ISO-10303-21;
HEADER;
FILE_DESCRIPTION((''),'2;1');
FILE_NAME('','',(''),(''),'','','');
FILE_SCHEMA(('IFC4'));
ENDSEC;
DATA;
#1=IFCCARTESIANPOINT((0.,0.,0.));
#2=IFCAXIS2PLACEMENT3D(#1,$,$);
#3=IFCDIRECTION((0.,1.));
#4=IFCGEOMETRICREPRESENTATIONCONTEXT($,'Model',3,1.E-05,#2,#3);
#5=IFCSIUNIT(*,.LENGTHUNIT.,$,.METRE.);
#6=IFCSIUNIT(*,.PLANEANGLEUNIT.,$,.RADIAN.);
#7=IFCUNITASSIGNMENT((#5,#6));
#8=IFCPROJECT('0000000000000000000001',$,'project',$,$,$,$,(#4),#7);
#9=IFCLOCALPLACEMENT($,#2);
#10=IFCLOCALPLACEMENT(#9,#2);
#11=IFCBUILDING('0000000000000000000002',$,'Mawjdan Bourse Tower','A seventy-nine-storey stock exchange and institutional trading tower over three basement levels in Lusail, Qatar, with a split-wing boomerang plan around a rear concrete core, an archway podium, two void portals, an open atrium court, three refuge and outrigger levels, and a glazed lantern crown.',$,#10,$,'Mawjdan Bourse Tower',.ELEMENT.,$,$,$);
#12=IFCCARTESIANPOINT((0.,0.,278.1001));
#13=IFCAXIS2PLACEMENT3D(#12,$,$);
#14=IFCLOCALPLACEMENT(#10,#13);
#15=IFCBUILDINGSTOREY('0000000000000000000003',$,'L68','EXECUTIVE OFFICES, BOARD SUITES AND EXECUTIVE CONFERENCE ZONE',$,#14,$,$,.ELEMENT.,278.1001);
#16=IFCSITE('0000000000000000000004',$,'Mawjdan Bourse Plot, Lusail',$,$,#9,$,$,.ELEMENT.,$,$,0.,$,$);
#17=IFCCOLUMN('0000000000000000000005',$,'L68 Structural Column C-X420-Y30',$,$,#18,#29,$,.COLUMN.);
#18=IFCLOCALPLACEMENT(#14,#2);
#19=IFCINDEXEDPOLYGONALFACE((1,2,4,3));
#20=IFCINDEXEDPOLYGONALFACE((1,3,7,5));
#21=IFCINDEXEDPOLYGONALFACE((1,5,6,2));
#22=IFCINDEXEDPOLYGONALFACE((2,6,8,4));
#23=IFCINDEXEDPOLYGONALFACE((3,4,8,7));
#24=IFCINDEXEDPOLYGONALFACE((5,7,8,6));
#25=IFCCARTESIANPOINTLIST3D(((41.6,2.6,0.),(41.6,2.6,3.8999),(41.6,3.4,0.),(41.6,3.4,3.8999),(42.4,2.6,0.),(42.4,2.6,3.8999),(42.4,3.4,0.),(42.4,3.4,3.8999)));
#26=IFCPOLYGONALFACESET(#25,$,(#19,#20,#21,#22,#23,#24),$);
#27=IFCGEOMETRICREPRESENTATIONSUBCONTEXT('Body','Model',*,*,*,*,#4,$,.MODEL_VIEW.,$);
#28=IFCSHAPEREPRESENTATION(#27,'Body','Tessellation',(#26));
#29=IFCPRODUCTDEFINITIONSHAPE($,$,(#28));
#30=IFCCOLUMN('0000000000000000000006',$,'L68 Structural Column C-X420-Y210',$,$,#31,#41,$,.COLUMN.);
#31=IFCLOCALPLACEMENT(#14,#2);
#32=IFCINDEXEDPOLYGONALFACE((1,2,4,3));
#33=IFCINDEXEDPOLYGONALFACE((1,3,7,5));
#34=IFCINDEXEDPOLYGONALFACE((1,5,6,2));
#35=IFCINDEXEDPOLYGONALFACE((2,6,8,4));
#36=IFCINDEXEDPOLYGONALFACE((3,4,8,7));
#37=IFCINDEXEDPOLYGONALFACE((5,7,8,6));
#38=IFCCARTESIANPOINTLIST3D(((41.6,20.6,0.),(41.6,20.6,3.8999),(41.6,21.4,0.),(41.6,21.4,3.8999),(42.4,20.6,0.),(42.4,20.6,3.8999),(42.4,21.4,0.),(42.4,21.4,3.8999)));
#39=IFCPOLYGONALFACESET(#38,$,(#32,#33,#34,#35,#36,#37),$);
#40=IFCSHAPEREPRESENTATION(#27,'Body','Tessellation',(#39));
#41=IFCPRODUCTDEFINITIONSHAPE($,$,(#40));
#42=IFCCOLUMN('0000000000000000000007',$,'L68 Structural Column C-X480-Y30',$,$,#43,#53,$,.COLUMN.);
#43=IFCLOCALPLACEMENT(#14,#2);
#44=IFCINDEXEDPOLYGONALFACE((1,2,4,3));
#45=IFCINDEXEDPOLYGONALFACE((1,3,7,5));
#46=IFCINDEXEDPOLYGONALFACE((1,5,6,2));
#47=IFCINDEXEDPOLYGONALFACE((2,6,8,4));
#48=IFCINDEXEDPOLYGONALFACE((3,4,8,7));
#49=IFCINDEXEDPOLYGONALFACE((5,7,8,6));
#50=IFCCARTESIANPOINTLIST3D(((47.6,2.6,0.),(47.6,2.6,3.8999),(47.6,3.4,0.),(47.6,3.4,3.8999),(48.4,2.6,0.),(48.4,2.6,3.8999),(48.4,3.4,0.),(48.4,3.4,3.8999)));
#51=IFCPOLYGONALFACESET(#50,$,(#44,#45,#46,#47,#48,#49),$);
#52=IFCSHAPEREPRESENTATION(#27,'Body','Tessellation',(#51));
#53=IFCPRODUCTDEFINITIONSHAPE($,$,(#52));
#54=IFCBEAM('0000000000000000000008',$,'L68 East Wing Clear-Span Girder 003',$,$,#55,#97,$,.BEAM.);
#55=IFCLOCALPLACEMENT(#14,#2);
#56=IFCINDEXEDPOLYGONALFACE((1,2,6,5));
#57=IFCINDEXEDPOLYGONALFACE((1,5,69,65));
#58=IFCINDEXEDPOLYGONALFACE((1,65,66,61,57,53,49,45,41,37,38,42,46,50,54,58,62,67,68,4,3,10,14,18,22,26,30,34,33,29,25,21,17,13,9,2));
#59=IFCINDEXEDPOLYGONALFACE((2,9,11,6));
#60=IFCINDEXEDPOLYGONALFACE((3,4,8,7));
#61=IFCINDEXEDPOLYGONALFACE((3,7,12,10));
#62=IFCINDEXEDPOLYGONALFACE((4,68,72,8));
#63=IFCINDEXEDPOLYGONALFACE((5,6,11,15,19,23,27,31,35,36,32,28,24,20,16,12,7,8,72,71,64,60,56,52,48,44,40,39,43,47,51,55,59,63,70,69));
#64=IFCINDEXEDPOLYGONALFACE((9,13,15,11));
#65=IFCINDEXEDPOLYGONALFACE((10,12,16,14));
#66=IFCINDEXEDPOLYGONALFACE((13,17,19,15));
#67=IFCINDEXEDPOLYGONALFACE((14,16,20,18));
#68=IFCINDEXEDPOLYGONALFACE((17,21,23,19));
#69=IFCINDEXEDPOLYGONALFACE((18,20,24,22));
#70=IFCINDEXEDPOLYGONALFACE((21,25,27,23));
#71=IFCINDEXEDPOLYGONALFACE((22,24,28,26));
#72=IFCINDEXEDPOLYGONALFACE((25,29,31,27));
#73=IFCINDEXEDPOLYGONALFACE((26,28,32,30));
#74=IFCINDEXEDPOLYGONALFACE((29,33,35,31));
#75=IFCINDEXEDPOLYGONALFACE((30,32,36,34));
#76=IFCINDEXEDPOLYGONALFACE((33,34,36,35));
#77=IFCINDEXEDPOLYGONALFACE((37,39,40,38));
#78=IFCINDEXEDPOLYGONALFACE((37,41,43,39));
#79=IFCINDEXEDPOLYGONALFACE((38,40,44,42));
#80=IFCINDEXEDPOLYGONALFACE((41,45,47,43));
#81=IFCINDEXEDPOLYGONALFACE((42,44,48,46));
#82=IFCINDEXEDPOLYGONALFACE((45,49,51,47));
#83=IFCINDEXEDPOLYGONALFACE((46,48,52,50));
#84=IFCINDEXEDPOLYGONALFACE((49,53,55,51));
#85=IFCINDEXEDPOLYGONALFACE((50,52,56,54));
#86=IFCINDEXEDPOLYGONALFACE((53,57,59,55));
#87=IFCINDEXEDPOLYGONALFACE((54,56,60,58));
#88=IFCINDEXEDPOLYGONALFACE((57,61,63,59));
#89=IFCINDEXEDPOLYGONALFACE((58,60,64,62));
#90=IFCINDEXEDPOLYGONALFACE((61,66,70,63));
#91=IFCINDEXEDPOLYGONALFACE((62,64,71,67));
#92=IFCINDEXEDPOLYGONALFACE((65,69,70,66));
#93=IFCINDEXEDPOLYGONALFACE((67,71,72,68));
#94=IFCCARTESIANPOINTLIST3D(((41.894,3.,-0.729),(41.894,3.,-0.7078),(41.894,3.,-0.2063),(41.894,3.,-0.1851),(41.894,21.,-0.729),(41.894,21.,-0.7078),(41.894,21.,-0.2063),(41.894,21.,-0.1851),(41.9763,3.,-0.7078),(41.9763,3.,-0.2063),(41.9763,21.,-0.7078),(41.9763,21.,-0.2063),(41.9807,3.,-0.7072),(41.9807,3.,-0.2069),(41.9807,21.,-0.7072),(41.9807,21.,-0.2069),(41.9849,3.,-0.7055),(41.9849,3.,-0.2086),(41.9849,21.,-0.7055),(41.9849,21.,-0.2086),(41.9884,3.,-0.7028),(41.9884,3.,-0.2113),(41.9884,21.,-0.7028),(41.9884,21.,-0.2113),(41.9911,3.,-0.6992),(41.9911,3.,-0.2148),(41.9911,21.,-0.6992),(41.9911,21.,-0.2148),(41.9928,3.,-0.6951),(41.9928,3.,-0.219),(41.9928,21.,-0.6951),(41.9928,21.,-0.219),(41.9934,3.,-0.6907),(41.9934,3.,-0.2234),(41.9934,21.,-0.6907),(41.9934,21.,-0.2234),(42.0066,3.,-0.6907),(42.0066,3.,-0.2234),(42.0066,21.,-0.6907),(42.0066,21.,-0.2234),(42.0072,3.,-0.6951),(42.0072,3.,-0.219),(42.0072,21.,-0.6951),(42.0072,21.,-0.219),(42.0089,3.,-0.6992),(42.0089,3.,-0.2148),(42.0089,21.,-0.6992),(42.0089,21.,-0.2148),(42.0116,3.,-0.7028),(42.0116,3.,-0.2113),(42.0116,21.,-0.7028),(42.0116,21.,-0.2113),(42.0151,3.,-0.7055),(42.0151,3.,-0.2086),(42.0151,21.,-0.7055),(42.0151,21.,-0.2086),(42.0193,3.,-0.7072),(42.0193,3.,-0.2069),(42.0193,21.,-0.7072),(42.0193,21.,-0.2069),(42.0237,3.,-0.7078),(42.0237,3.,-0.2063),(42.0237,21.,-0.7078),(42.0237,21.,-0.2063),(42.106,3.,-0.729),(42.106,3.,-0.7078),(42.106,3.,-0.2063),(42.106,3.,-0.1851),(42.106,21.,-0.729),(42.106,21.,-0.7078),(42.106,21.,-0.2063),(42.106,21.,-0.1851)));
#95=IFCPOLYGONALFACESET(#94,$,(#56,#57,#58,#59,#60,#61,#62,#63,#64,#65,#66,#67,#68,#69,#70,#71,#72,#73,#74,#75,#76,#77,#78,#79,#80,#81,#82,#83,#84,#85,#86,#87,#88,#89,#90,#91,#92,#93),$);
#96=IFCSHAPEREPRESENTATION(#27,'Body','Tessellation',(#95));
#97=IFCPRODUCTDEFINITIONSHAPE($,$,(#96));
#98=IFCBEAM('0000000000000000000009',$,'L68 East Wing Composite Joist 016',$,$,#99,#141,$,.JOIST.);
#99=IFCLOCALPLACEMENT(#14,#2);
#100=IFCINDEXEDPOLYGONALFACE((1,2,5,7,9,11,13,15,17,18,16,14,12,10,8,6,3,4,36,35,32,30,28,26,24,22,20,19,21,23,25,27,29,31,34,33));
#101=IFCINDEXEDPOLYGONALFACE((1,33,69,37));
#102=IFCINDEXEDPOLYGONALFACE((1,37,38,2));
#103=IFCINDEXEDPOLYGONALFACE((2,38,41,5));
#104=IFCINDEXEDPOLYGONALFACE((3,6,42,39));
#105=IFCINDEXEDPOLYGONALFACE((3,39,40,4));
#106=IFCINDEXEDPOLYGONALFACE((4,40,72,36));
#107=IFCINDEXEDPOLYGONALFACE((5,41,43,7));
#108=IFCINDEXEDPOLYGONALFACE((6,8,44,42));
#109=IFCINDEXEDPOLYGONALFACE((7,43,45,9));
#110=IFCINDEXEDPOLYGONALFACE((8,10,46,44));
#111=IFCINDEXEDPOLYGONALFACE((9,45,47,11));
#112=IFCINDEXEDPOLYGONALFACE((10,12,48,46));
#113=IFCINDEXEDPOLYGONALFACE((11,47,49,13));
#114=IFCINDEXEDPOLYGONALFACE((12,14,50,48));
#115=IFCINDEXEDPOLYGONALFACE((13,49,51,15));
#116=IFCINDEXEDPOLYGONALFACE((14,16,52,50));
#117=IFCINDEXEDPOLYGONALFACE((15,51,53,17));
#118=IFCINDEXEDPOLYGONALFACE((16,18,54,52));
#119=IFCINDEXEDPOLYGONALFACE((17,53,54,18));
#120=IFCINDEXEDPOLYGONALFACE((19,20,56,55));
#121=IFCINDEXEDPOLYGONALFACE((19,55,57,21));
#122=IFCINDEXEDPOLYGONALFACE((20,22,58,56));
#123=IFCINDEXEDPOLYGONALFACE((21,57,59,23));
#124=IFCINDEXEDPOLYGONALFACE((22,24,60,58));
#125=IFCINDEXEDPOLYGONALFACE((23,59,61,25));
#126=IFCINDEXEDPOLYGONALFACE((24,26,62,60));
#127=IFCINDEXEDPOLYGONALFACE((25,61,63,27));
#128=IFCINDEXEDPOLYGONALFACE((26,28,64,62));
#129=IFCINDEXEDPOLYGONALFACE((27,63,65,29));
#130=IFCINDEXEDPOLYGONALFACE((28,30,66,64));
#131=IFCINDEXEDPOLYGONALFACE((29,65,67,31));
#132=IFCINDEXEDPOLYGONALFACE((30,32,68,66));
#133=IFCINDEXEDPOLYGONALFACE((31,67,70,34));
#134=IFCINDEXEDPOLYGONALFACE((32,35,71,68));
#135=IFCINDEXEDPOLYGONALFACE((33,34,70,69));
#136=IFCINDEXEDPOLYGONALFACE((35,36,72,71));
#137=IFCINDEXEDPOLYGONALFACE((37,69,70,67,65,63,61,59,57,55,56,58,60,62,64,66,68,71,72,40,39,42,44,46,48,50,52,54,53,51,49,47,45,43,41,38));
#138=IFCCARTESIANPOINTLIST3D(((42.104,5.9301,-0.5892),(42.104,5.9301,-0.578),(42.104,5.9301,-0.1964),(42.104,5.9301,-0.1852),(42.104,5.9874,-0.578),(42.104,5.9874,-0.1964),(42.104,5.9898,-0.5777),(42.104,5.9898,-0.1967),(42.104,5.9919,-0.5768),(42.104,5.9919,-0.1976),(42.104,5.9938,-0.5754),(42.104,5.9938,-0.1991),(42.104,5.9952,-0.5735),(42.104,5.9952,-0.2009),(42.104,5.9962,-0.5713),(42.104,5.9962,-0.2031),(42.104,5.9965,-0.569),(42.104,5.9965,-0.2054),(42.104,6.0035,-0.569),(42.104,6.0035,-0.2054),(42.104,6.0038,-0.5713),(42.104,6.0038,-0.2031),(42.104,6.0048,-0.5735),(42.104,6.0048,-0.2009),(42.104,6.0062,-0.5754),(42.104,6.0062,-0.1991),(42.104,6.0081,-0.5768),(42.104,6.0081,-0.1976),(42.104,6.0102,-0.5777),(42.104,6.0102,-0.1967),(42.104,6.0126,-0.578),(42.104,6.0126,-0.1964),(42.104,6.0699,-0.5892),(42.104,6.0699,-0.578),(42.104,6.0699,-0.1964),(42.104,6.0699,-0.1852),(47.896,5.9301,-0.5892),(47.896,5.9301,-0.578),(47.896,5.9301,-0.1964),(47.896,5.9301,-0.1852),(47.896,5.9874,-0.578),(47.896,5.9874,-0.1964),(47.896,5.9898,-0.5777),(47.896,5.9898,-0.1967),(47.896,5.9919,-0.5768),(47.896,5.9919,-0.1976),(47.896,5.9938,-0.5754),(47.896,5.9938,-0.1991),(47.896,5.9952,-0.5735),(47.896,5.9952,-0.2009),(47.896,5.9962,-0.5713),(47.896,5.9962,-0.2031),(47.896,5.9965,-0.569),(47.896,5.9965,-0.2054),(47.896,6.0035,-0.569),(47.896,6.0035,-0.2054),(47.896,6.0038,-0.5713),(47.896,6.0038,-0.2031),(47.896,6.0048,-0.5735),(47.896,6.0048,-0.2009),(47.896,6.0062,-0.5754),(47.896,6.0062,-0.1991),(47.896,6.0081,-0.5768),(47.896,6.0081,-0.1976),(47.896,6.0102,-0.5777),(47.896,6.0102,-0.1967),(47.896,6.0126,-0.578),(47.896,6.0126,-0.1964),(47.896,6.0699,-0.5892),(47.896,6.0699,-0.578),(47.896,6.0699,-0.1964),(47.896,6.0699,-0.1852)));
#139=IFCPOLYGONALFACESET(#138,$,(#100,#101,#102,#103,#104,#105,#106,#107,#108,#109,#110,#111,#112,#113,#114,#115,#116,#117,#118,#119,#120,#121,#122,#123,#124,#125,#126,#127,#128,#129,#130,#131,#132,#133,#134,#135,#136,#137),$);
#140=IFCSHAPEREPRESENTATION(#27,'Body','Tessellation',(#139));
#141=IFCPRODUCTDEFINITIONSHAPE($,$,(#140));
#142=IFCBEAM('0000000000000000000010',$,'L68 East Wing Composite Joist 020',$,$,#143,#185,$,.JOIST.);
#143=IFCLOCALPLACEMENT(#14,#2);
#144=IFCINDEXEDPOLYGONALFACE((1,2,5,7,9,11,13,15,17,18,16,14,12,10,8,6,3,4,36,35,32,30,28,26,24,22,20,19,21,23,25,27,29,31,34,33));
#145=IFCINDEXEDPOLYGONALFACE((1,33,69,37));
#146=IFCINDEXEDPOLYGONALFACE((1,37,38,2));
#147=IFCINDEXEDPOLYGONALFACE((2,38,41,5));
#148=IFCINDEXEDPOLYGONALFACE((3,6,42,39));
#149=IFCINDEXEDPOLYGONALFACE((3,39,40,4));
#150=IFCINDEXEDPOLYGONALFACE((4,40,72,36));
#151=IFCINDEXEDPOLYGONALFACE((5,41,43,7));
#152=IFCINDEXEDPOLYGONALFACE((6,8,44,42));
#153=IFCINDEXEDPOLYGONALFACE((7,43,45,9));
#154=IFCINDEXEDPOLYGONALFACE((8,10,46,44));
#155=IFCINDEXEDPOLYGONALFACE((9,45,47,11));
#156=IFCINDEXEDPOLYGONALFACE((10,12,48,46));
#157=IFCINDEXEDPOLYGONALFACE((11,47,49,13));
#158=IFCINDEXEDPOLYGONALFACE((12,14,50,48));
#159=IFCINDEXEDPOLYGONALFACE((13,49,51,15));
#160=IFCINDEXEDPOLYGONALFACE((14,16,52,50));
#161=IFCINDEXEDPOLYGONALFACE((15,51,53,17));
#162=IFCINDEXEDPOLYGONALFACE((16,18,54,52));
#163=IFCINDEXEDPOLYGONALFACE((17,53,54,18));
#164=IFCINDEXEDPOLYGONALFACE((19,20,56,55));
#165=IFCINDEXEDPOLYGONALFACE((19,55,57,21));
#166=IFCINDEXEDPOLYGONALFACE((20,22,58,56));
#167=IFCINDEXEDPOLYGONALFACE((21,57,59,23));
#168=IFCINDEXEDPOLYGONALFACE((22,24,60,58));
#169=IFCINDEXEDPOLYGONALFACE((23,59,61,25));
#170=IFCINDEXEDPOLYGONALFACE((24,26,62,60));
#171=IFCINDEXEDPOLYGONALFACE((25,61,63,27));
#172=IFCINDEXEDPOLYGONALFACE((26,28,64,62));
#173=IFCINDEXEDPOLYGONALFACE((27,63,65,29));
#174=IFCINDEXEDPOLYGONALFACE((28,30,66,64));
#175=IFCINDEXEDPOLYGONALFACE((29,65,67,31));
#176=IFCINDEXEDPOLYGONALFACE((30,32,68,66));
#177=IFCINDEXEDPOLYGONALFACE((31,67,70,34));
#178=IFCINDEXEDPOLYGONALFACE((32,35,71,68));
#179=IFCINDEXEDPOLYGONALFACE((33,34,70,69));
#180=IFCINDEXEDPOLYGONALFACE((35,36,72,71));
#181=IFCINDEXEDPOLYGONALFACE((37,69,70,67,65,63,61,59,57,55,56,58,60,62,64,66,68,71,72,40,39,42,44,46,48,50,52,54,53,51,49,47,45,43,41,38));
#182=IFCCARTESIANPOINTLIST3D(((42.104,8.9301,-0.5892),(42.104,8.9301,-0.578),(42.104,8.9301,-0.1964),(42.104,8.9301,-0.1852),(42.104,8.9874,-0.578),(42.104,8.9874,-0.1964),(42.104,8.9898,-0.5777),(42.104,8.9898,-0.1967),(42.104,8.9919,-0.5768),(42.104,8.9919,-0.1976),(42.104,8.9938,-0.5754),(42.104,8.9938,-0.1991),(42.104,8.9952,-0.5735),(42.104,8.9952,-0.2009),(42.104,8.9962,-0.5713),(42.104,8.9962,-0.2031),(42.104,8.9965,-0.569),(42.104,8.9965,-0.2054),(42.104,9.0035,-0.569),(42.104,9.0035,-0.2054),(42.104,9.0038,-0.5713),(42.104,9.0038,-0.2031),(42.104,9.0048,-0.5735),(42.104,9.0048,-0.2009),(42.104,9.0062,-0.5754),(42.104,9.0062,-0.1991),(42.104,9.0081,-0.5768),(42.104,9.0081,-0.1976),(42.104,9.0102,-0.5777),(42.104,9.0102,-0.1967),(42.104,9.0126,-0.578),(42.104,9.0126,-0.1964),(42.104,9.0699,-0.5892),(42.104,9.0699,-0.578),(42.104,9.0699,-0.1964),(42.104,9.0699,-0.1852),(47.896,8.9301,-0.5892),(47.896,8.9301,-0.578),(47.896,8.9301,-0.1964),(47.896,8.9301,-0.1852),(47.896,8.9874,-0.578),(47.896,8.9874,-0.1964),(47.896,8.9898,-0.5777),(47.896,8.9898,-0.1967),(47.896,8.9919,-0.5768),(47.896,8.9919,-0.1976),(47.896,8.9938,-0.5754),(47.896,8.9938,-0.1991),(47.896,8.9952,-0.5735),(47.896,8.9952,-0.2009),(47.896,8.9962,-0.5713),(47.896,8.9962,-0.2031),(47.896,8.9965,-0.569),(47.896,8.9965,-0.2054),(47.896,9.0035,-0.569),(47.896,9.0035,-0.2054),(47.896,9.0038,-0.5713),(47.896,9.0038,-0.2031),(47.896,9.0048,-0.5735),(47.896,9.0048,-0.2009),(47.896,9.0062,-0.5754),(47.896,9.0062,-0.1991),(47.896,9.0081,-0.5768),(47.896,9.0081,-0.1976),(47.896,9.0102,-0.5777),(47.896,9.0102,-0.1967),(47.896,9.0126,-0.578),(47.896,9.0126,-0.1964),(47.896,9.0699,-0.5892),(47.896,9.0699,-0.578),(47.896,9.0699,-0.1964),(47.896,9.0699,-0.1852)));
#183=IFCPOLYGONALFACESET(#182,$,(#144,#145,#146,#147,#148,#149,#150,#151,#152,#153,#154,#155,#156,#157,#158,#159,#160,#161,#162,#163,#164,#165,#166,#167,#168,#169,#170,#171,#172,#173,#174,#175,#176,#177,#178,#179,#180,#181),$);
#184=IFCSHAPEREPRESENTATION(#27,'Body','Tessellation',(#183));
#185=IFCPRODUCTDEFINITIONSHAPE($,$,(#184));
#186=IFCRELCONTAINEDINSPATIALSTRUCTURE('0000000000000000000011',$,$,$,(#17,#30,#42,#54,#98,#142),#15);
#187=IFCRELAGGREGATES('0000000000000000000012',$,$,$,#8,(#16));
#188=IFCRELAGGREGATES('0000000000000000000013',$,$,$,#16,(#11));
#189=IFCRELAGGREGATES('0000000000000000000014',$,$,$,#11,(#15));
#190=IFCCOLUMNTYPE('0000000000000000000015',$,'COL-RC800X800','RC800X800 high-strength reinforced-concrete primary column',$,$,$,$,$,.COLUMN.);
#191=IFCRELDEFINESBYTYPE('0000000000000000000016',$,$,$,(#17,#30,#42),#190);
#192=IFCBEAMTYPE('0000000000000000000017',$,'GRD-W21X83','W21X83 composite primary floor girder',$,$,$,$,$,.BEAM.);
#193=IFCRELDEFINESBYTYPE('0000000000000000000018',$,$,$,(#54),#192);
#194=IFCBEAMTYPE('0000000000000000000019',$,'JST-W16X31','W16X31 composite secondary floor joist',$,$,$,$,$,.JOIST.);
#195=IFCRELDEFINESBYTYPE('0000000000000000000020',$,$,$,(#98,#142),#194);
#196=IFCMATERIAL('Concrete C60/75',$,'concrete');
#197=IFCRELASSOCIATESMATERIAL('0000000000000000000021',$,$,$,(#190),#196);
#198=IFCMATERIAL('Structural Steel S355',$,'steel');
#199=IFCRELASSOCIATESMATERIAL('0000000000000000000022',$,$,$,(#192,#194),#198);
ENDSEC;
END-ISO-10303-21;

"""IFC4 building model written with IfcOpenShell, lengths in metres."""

from ifc_helpers import new_model, si_unit, direction, frame, origin, origin_2d, place, context, subcontext, project, spatial, rectangle, i_section, extrude, material, material_profile, profile_set, type_object, element, save


model = new_model("IFC4")

# Units and contexts
model_context = context("Model", 3, precision=1e-05, world=origin(), true_north=direction((0.0, 1.0)))
body_context = subcontext(model_context, "Body", "Model", "MODEL_VIEW")
ifc_project = project(units=[si_unit("LENGTHUNIT", "METRE"), si_unit("PLANEANGLEUNIT", "RADIAN")], contexts=[model_context])

# Site, building, storey
site_placement = place(None, origin())
site = spatial("IfcSite", under=ifc_project, at=site_placement, Name="Mawjdan Bourse Plot, Lusail", CompositionType="ELEMENT", RefElevation=0.0)
building_placement = place(site_placement, origin())
building = spatial("IfcBuilding", under=site, at=building_placement, Name="Mawjdan Bourse Tower", Description="A seventy-nine-storey stock exchange and institutional trading tower over three basement levels in Lusail, Qatar, with a split-wing boomerang plan around a rear concrete core, an archway podium, two void portals, an open atrium court, three refuge and outrigger levels, and a glazed lantern crown.", LongName="Mawjdan Bourse Tower", CompositionType="ELEMENT")
storey_placement = place(building_placement, frame((0.0, 0.0, 278.1001)))
storey = spatial("IfcBuildingStorey", under=building, at=storey_placement, Name="L68", Description="EXECUTIVE OFFICES, BOARD SUITES AND EXECUTIVE CONFERENCE ZONE", CompositionType="ELEMENT", Elevation=278.1001)

# Columns
ifc_material_1 = material(Name="Concrete C60/75", Category="concrete")
ifc_material_profile_1 = material_profile(ifc_material_1, rectangle(XDim=0.8, YDim=0.8, at=origin_2d()), Name="RC800X800")
ifc_profile_set_1 = profile_set([ifc_material_profile_1], Name="Concrete C60/75")
column_type = type_object("IfcColumnType", Name="COL-RC800X800", Description="RC800X800 high-strength reinforced-concrete primary column", PredefinedType="COLUMN", material=ifc_profile_set_1)
for number, where, z_axis, x_axis, name in (
    (1, (42.0, 3.0, 0.0), (0.0, 0.0, 1.0), (1.0, 0.0, 0.0), "L68 Structural Column C-X420-Y30"),
    (2, (42.0, 21.0, 0.0), (0.0, 0.0, 1.0), (1.0, 0.0, 0.0), "L68 Structural Column C-X420-Y210"),
    (3, (48.0, 3.0, 0.0), (0.0, 0.0, 1.0), (1.0, 0.0, 0.0), "L68 Structural Column C-X480-Y30"),
):
    element("IfcColumn", number, at=place(storey_placement, frame(where, z_axis=z_axis, x_axis=x_axis)), inside=storey, type_object=column_type, Name=name, PredefinedType="COLUMN", context=body_context, shape_type="SweptSolid", body=[
        extrude(rectangle(XDim=0.8, YDim=0.8, at=origin_2d()), origin(), (0.0, 0.0, 1.0), 3.8999),
    ])

# Beams
ifc_material_2 = material(Name="Structural Steel S355", Category="steel")
ifc_material_profile_2 = material_profile(ifc_material_2, i_section(OverallWidth=0.2119, OverallDepth=0.5439, WebThickness=0.0132, FlangeThickness=0.0212, FilletRadius=0.0171, at=origin_2d()), Name="W21X83")
ifc_profile_set_2 = profile_set([ifc_material_profile_2], Name="Structural Steel S355")
beam_type_1 = type_object("IfcBeamType", Name="GRD-W21X83", Description="W21X83 composite primary floor girder", PredefinedType="BEAM", material=ifc_profile_set_2)
beam_1_placement = place(storey_placement, frame((42.0, 3.0, -0.457), z_axis=(0.0, 1.0, 0.0), x_axis=(-1.0, 0.0, 0.0)))
element("IfcBeam", 4, at=beam_1_placement, inside=storey, type_object=beam_type_1, Name="L68 East Wing Clear-Span Girder 003", PredefinedType="BEAM", context=body_context, shape_type="SweptSolid", body=[
    extrude(i_section(OverallWidth=0.2119, OverallDepth=0.5439, WebThickness=0.0132, FlangeThickness=0.0212, FilletRadius=0.0171, at=origin_2d()), origin(), (0.0, 0.0, 1.0), 18.0),
])
ifc_material_profile_3 = material_profile(ifc_material_2, i_section(OverallWidth=0.1399, OverallDepth=0.4041, WebThickness=0.0071, FlangeThickness=0.0112, FilletRadius=0.009, at=origin_2d()), Name="W16X31")
ifc_profile_set_3 = profile_set([ifc_material_profile_3], Name="Structural Steel S355")
beam_type_2 = type_object("IfcBeamType", Name="JST-W16X31", Description="W16X31 composite secondary floor joist", PredefinedType="JOIST", material=ifc_profile_set_3)
for number, where, z_axis, x_axis, name in (
    (5, (42.104, 6.0, -0.3872), (1.0, 0.0, 0.0), (0.0, 1.0, 0.0), "L68 East Wing Composite Joist 016"),
    (6, (42.104, 9.0, -0.3872), (1.0, 0.0, 0.0), (0.0, 1.0, 0.0), "L68 East Wing Composite Joist 020"),
):
    element("IfcBeam", number, at=place(storey_placement, frame(where, z_axis=z_axis, x_axis=x_axis)), inside=storey, type_object=beam_type_2, Name=name, PredefinedType="JOIST", context=body_context, shape_type="SweptSolid", body=[
        extrude(i_section(OverallWidth=0.1399, OverallDepth=0.4041, WebThickness=0.0071, FlangeThickness=0.0112, FilletRadius=0.009, at=origin_2d()), origin(), (0.0, 0.0, 1.0), 5.792),
    ])

save(model, "model.ifc")
